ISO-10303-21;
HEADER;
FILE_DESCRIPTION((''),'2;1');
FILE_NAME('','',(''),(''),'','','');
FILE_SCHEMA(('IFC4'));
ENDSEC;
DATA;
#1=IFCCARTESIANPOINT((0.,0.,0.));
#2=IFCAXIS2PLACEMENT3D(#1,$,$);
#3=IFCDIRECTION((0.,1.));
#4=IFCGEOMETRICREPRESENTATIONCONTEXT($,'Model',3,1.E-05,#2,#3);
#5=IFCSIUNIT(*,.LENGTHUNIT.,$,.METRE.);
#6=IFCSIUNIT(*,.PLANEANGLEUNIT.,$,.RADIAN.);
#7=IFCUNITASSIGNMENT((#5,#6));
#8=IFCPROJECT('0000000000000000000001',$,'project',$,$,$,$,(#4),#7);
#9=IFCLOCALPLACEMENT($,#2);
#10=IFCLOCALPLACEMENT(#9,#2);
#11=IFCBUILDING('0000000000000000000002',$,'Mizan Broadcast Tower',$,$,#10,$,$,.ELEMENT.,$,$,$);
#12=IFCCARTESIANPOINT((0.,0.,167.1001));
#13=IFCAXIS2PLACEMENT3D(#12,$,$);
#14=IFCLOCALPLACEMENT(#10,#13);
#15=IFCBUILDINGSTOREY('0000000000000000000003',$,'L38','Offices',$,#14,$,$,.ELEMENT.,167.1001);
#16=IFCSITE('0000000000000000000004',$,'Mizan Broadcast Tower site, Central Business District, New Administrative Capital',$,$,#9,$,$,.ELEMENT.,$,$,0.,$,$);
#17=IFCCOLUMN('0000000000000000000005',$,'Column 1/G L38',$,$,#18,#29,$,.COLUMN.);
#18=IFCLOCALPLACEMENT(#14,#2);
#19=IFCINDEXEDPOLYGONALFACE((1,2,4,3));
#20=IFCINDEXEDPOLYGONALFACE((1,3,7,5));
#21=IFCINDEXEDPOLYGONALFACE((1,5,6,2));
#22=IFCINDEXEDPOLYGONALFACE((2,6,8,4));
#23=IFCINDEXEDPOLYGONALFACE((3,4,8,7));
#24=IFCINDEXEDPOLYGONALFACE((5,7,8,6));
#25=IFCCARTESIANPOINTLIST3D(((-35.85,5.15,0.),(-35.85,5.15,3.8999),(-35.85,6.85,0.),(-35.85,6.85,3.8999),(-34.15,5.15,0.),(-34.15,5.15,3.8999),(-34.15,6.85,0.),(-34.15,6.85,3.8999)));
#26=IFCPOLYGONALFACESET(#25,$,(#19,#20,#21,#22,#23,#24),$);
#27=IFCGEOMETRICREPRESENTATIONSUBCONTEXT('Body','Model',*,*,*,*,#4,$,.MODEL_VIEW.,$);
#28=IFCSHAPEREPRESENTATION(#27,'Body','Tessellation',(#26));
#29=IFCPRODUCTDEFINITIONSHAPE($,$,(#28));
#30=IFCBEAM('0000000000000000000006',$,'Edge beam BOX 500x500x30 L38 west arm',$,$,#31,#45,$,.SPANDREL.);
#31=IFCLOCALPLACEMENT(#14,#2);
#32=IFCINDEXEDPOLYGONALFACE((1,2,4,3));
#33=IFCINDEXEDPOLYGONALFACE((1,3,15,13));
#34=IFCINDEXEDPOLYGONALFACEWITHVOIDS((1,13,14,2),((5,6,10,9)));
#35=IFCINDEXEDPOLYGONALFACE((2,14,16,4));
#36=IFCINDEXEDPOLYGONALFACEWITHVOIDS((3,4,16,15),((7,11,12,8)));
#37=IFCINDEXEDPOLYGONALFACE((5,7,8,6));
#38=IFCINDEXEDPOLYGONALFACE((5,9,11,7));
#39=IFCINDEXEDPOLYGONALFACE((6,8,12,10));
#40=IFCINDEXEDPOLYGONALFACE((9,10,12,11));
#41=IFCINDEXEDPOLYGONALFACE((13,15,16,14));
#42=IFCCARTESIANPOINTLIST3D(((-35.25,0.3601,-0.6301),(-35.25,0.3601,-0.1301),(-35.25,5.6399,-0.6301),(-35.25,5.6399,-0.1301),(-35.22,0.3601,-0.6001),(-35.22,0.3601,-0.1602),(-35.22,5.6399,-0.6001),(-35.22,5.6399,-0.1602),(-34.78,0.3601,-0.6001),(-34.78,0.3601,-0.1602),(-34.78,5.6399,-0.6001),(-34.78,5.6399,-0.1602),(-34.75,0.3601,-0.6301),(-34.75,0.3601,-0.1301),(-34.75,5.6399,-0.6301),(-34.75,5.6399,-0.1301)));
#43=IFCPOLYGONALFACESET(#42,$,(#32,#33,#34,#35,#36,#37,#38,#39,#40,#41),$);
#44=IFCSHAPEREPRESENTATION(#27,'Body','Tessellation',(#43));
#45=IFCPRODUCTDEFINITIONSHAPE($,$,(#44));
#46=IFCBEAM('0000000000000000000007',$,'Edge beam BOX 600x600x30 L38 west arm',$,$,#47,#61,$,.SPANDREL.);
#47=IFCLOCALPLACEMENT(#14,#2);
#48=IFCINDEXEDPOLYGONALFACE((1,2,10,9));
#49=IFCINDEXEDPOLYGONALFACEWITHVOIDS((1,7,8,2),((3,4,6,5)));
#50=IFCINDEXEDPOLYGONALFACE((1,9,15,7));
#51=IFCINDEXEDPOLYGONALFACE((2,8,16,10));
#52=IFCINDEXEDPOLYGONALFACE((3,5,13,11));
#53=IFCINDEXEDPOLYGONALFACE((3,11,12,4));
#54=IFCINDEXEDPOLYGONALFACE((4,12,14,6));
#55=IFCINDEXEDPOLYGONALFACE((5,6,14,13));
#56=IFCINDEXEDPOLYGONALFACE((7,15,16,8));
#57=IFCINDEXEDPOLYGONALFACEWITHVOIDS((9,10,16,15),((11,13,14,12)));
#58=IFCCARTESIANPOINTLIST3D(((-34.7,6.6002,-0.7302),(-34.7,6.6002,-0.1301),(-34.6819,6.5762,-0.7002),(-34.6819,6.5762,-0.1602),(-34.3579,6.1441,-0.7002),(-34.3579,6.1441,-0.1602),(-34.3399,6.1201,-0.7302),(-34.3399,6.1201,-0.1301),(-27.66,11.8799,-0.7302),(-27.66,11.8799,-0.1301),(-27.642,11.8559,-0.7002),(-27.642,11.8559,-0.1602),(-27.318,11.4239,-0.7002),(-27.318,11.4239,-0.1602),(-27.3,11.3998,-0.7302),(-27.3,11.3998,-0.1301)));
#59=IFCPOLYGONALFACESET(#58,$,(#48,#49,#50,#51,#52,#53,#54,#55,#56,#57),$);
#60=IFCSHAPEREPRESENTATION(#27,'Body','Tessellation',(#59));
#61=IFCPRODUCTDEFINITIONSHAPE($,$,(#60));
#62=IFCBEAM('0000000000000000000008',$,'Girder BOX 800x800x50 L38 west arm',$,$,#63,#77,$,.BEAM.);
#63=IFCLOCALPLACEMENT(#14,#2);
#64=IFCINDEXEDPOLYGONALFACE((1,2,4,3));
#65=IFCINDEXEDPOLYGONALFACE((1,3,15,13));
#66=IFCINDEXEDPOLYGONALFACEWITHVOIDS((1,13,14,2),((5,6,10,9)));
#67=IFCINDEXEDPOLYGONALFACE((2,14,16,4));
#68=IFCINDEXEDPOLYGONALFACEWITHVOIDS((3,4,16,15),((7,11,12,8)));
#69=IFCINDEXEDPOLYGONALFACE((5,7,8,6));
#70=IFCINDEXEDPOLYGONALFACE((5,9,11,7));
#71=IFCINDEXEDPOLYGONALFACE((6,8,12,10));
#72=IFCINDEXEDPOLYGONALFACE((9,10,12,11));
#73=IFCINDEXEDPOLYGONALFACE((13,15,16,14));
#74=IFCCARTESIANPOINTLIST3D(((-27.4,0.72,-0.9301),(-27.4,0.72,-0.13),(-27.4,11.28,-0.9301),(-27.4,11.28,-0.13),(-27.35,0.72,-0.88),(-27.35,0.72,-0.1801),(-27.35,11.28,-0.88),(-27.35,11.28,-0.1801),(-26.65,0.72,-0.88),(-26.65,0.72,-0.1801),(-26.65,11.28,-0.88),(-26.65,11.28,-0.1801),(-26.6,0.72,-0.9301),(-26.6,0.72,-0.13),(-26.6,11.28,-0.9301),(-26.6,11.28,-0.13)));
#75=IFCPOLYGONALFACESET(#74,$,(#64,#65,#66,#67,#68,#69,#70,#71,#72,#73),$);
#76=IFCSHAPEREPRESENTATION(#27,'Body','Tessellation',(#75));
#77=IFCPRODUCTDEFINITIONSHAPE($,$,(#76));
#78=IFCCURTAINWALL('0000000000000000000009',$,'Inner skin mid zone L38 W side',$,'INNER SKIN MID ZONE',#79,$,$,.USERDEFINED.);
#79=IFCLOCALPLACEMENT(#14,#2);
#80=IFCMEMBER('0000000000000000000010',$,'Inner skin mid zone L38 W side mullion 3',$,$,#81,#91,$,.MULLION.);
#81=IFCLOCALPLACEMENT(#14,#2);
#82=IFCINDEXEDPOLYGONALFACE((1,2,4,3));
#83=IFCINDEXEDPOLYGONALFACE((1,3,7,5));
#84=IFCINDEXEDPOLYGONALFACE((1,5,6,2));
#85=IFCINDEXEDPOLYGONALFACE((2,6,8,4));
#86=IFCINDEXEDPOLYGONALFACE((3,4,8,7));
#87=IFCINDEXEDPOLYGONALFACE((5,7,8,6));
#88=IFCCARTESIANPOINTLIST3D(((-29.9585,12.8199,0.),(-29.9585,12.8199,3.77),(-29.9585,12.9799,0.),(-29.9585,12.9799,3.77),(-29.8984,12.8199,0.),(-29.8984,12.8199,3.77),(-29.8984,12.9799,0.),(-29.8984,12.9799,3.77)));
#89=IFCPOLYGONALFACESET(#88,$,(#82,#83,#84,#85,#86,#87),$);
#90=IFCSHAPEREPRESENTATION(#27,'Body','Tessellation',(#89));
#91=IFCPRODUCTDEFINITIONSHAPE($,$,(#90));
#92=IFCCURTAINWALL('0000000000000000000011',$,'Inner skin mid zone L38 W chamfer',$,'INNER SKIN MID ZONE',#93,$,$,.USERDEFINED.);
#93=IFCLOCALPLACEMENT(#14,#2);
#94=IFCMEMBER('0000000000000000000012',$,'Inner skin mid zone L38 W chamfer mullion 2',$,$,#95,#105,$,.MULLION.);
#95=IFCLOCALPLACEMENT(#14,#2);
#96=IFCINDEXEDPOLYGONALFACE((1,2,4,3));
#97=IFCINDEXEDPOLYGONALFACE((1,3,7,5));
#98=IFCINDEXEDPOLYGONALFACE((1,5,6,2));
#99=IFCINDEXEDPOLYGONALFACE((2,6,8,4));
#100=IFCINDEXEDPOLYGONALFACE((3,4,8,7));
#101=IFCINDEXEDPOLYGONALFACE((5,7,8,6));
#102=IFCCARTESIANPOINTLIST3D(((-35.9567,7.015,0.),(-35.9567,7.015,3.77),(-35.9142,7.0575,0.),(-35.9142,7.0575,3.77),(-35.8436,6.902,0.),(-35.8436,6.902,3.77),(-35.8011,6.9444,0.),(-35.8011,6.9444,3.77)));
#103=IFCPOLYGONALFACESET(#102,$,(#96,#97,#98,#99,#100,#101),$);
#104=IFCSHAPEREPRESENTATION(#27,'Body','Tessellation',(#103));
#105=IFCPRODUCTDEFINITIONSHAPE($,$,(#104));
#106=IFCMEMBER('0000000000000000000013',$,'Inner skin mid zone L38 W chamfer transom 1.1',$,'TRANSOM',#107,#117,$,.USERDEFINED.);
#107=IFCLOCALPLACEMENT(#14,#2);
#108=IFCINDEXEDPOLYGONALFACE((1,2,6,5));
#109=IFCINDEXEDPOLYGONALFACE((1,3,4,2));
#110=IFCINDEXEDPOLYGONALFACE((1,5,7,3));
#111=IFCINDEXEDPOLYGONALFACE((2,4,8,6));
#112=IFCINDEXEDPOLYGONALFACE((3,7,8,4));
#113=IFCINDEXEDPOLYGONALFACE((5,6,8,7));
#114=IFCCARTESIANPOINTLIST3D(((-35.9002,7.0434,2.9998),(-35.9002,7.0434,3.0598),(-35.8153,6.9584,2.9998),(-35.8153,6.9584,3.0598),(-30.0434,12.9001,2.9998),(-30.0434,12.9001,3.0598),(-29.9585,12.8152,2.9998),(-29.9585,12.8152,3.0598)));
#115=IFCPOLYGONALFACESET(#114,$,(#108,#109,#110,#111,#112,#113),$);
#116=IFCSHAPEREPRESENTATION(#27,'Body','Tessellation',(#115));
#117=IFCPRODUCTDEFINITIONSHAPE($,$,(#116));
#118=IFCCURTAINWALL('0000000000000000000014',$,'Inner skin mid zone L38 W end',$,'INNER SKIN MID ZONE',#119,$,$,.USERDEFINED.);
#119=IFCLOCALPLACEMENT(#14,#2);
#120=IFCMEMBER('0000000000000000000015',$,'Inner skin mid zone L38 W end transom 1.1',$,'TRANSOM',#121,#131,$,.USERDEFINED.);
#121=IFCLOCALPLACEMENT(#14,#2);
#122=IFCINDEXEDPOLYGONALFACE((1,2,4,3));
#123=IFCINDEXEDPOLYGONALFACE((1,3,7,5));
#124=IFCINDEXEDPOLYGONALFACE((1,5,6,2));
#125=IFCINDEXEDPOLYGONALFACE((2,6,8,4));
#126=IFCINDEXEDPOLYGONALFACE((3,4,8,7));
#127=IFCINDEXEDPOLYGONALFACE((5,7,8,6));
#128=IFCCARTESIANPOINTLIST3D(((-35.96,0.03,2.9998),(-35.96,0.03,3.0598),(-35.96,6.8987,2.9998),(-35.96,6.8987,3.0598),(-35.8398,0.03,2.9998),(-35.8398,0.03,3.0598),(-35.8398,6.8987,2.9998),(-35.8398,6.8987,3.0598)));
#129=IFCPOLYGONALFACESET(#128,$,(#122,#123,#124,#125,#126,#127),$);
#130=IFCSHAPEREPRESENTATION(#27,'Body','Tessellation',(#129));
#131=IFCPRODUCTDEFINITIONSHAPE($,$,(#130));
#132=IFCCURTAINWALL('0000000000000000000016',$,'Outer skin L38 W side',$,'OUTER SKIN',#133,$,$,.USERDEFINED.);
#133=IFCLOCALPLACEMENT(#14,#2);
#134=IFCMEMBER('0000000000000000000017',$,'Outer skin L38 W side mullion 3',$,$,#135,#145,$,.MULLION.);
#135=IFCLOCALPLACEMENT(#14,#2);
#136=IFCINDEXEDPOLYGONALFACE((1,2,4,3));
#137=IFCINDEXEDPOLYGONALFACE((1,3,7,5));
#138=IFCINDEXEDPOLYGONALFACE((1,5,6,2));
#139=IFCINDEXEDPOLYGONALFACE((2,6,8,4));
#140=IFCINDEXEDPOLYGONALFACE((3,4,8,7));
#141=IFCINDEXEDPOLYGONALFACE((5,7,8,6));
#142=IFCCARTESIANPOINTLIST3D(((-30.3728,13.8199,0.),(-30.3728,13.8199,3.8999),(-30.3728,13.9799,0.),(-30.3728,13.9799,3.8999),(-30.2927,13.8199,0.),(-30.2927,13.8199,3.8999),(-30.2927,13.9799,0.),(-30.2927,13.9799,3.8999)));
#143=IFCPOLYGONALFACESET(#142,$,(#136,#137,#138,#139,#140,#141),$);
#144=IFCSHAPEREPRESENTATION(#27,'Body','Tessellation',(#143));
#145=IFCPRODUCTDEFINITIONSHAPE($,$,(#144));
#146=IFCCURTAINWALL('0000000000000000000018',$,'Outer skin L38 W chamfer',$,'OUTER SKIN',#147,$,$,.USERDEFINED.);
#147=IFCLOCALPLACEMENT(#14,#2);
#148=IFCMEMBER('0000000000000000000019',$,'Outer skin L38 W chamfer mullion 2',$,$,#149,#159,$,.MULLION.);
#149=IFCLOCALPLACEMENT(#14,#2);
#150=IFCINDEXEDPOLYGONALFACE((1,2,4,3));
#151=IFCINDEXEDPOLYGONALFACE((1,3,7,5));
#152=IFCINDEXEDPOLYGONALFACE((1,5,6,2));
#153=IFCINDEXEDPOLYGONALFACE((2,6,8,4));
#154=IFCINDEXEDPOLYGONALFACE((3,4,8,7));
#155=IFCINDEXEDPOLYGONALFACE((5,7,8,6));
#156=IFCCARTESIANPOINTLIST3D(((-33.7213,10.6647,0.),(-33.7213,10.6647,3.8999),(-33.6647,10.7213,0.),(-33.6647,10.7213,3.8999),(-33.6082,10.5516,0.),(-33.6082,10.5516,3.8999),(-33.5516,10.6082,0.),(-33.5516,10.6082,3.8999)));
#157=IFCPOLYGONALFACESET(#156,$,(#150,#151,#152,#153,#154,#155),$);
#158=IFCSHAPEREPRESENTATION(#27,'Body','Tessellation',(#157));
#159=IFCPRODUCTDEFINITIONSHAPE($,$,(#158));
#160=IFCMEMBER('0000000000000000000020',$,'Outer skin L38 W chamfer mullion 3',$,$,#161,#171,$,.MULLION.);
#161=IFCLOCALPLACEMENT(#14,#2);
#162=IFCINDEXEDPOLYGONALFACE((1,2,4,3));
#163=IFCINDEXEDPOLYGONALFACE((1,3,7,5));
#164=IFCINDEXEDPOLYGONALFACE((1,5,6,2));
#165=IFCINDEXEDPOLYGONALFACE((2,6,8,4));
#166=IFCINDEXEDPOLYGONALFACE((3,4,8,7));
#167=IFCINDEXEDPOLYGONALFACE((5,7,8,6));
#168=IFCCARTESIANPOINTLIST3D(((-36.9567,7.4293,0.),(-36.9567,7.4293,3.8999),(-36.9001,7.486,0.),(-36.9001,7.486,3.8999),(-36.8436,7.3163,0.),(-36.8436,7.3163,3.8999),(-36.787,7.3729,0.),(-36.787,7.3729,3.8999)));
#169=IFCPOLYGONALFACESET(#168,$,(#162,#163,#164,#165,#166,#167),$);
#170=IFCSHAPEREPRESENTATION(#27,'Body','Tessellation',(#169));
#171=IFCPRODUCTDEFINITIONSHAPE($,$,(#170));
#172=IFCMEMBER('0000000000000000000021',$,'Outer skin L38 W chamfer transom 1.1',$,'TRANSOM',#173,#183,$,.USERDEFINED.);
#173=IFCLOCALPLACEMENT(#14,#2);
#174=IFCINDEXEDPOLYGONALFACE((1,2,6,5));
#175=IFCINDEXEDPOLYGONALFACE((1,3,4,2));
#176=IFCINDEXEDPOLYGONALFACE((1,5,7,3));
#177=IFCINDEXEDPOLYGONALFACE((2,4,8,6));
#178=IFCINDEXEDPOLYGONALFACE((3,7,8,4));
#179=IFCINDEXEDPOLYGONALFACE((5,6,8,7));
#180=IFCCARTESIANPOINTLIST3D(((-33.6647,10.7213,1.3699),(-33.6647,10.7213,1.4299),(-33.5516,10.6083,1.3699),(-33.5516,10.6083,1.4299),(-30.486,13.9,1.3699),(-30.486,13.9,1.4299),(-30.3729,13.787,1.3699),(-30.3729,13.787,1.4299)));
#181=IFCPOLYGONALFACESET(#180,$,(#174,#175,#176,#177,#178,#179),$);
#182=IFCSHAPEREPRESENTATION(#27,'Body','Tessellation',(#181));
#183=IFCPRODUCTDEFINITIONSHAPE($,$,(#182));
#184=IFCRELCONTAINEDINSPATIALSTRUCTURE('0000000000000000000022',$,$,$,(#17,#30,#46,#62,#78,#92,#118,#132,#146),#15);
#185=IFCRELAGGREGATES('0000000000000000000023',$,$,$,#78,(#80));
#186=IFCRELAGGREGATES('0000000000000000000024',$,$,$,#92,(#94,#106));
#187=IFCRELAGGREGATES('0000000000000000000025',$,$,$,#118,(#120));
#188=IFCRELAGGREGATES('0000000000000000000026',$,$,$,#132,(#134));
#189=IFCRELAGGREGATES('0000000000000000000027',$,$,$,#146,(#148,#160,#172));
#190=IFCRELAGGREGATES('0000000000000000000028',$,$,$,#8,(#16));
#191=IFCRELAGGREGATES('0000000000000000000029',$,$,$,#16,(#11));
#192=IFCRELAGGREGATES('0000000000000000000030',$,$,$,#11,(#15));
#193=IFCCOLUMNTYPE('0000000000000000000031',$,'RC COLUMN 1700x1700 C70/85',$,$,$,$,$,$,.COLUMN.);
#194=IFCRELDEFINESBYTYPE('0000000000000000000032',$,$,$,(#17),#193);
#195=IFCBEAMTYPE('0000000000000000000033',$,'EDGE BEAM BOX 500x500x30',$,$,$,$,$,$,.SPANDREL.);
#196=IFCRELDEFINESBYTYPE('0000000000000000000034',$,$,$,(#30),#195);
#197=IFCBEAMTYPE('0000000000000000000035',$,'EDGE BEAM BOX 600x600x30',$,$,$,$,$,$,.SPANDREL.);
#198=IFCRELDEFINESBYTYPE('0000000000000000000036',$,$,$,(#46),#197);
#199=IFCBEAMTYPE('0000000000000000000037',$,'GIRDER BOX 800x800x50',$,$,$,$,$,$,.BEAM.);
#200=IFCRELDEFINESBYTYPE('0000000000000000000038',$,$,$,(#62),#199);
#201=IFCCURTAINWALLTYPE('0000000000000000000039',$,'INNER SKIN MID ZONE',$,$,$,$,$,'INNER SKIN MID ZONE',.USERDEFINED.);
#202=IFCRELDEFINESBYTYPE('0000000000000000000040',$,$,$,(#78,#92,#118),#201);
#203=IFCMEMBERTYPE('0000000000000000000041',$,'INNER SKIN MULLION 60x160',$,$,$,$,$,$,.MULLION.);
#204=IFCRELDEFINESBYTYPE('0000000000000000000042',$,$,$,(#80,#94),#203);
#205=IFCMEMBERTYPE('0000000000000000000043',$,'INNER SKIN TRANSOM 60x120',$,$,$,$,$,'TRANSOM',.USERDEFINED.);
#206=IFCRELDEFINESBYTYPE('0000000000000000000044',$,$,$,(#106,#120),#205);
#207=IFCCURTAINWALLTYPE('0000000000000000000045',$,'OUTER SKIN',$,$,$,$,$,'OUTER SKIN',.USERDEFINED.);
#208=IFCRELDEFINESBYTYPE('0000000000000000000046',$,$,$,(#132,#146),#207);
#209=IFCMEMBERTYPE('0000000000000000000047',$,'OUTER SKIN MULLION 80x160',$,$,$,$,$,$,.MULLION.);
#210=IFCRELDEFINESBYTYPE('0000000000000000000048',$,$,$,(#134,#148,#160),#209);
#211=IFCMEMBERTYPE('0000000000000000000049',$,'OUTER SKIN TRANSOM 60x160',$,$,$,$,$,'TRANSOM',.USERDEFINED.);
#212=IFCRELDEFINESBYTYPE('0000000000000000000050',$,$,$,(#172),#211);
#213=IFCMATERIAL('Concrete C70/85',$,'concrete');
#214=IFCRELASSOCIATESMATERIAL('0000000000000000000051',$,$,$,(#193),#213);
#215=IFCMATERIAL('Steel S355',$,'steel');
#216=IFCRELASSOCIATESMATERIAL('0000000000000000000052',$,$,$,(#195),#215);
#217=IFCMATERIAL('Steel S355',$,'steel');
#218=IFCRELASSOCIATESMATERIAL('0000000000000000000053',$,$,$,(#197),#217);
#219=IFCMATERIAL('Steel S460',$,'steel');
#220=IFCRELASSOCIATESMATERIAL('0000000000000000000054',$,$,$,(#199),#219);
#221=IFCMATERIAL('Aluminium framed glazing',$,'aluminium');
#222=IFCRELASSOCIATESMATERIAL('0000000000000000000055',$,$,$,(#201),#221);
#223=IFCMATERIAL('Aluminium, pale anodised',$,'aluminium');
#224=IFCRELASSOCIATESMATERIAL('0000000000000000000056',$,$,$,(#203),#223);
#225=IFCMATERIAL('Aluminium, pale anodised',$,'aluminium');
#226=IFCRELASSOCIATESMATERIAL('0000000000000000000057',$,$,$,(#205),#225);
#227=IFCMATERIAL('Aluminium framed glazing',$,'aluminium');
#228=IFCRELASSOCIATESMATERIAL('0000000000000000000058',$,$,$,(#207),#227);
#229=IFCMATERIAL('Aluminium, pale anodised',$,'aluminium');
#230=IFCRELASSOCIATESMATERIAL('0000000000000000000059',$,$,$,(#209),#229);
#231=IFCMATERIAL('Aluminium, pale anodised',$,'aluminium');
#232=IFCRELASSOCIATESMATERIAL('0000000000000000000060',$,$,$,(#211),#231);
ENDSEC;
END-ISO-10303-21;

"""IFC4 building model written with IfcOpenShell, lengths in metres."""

from ifc_helpers import new_model, si_unit, direction, frame, origin, origin_2d, place, context, subcontext, project, spatial, rectangle, hollow_rectangle, extrude, material, material_profile, profile_set, type_object, element, aggregate, save


model = new_model("IFC4")

# Units and contexts
model_context = context("Model", 3, precision=1e-05, world=origin(), true_north=direction((0.0, 1.0)))
body_context = subcontext(model_context, "Body", "Model", "MODEL_VIEW")
ifc_project = project(units=[si_unit("LENGTHUNIT", "METRE"), si_unit("PLANEANGLEUNIT", "RADIAN")], contexts=[model_context])

# Site, building, storey
site_placement = place(None, origin())
site = spatial("IfcSite", under=ifc_project, at=site_placement, Name="Mizan Broadcast Tower site, Central Business District, New Administrative Capital", CompositionType="ELEMENT", RefElevation=0.0)
building_placement = place(site_placement, origin())
building = spatial("IfcBuilding", under=site, at=building_placement, Name="Mizan Broadcast Tower", CompositionType="ELEMENT")
storey_placement = place(building_placement, frame((0.0, 0.0, 167.1001)))
storey = spatial("IfcBuildingStorey", under=building, at=storey_placement, Name="L38", Description="Offices", CompositionType="ELEMENT", Elevation=167.1001)

# Column
ifc_material_1 = material(Name="Concrete C70/85", Category="concrete")
ifc_material_profile_1 = material_profile(ifc_material_1, rectangle(XDim=1.7, YDim=1.7, at=origin_2d()), Name="RC 1700x1700")
ifc_profile_set_1 = profile_set([ifc_material_profile_1], Name="Concrete C70/85")
column_type = type_object("IfcColumnType", Name="RC COLUMN 1700x1700 C70/85", PredefinedType="COLUMN", material=ifc_profile_set_1)
column_placement = place(storey_placement, frame((-35.0, 6.0, 0.0), z_axis=(0.0, 0.0, 1.0), x_axis=(1.0, 0.0, 0.0)))
element("IfcColumn", 1, at=column_placement, inside=storey, type_object=column_type, Name="Column 1/G L38", PredefinedType="COLUMN", context=body_context, shape_type="SweptSolid", body=[
    extrude(rectangle(XDim=1.7, YDim=1.7, at=origin_2d()), origin(), (0.0, 0.0, 1.0), 3.8999),
])

# Beams
ifc_material_2 = material(Name="Steel S355", Category="steel")
ifc_material_profile_2 = material_profile(ifc_material_2, hollow_rectangle(XDim=0.5, YDim=0.5, WallThickness=0.03, at=origin_2d()), Name="BOX 500x500x30")
ifc_profile_set_2 = profile_set([ifc_material_profile_2], Name="Steel S355")
beam_type_1 = type_object("IfcBeamType", Name="EDGE BEAM BOX 500x500x30", PredefinedType="SPANDREL", material=ifc_profile_set_2)
beam_1_placement = place(storey_placement, frame((-35.0, 5.6399, -0.3801), z_axis=(0.0, -1.0, 0.0), x_axis=(1.0, 0.0, 0.0)))
element("IfcBeam", 2, at=beam_1_placement, inside=storey, type_object=beam_type_1, Name="Edge beam BOX 500x500x30 L38 west arm", PredefinedType="SPANDREL", context=body_context, shape_type="SweptSolid", body=[
    extrude(hollow_rectangle(XDim=0.5, YDim=0.5, WallThickness=0.03, at=origin_2d()), origin(), (0.0, 0.0, 1.0), 5.2798),
])
ifc_material_3 = material(Name="Steel S355", Category="steel")
ifc_material_profile_3 = material_profile(ifc_material_3, hollow_rectangle(XDim=0.6001, YDim=0.6001, WallThickness=0.03, at=origin_2d()), Name="BOX 600x600x30")
ifc_profile_set_3 = profile_set([ifc_material_profile_3], Name="Steel S355")
beam_type_2 = type_object("IfcBeamType", Name="EDGE BEAM BOX 600x600x30", PredefinedType="SPANDREL", material=ifc_profile_set_3)
beam_2_placement = place(storey_placement, frame((-27.48, 11.6399, -0.4302), z_axis=(-0.800013, -0.599982, 0.0), x_axis=(0.599982, -0.800013, 0.0)))
element("IfcBeam", 3, at=beam_2_placement, inside=storey, type_object=beam_type_2, Name="Edge beam BOX 600x600x30 L38 west arm", PredefinedType="SPANDREL", context=body_context, shape_type="SweptSolid", body=[
    extrude(hollow_rectangle(XDim=0.6001, YDim=0.6001, WallThickness=0.03, at=origin_2d()), origin(), (0.0, 0.0, 1.0), 8.7998),
])
ifc_material_4 = material(Name="Steel S460", Category="steel")
ifc_material_profile_4 = material_profile(ifc_material_4, hollow_rectangle(XDim=0.8, YDim=0.8, WallThickness=0.05, at=origin_2d()), Name="BOX 800x800x50")
ifc_profile_set_4 = profile_set([ifc_material_profile_4], Name="Steel S460")
beam_type_3 = type_object("IfcBeamType", Name="GIRDER BOX 800x800x50", PredefinedType="BEAM", material=ifc_profile_set_4)
beam_3_placement = place(storey_placement, frame((-27.0, 11.28, -0.53), z_axis=(0.0, -1.0, 0.0), x_axis=(1.0, 0.0, 0.0)))
element("IfcBeam", 4, at=beam_3_placement, inside=storey, type_object=beam_type_3, Name="Girder BOX 800x800x50 L38 west arm", PredefinedType="BEAM", context=body_context, shape_type="SweptSolid", body=[
    extrude(hollow_rectangle(XDim=0.8, YDim=0.8, WallThickness=0.05, at=origin_2d()), origin(), (0.0, 0.0, 1.0), 10.5601),
])

# Curtain wall, member
ifc_material_5 = material(Name="Aluminium framed glazing", Category="aluminium")
curtain_wall_type_1 = type_object("IfcCurtainWallType", Name="INNER SKIN MID ZONE", ElementType="INNER SKIN MID ZONE", PredefinedType="USERDEFINED", material=ifc_material_5)
curtain_wall_1_placement = place(storey_placement, origin())
curtain_wall_1 = element("IfcCurtainWall", 5, at=curtain_wall_1_placement, inside=storey, type_object=curtain_wall_type_1, Name="Inner skin mid zone L38 W side", ObjectType="INNER SKIN MID ZONE", PredefinedType="USERDEFINED")
ifc_material_6 = material(Name="Aluminium, pale anodised", Category="aluminium")
ifc_material_profile_5 = material_profile(ifc_material_6, rectangle(XDim=0.1599, YDim=0.0601, at=origin_2d()), Name="MULLION 160x60")
ifc_profile_set_5 = profile_set([ifc_material_profile_5], Name="Aluminium, pale anodised")
member_type_1 = type_object("IfcMemberType", Name="INNER SKIN MULLION 60x160", PredefinedType="MULLION", material=ifc_profile_set_5)
member_1_placement = place(storey_placement, frame((-29.9285, 12.8999, 0.0), z_axis=(0.0, 0.0, 1.0), x_axis=(0.0, -1.0, 0.0)))
member_1 = element("IfcMember", 6, at=member_1_placement, type_object=member_type_1, Name="Inner skin mid zone L38 W side mullion 3", PredefinedType="MULLION", context=body_context, shape_type="SweptSolid", body=[
    extrude(rectangle(XDim=0.1599, YDim=0.0601, at=origin_2d()), origin(), (0.0, 0.0, 1.0), 3.77),
])

# Curtain wall, members
curtain_wall_2_placement = place(storey_placement, origin())
curtain_wall_2 = element("IfcCurtainWall", 7, at=curtain_wall_2_placement, inside=storey, type_object=curtain_wall_type_1, Name="Inner skin mid zone L38 W chamfer", ObjectType="INNER SKIN MID ZONE", PredefinedType="USERDEFINED")
member_2_placement = place(storey_placement, frame((-35.8789, 6.9797, 0.0), z_axis=(0.0, 0.0, 1.0), x_axis=(0.707107, -0.707107, 0.0)))
member_2 = element("IfcMember", 8, at=member_2_placement, type_object=member_type_1, Name="Inner skin mid zone L38 W chamfer mullion 2", PredefinedType="MULLION", context=body_context, shape_type="SweptSolid", body=[
    extrude(rectangle(XDim=0.1599, YDim=0.0601, at=origin_2d()), origin(), (0.0, 0.0, 1.0), 3.77),
])
ifc_material_7 = material(Name="Aluminium, pale anodised", Category="aluminium")
ifc_material_profile_6 = material_profile(ifc_material_7, rectangle(XDim=0.1201, YDim=0.0601, at=origin_2d()), Name="TRANSOM 120x60")
ifc_profile_set_6 = profile_set([ifc_material_profile_6], Name="Aluminium, pale anodised")
member_type_2 = type_object("IfcMemberType", Name="INNER SKIN TRANSOM 60x120", ElementType="TRANSOM", PredefinedType="USERDEFINED", material=ifc_profile_set_6)
member_3_placement = place(storey_placement, frame((-30.001, 12.8577, 3.0298), z_axis=(-0.707107, -0.707107, 0.0), x_axis=(0.707107, -0.707107, 0.0)))
member_3 = element("IfcMember", 9, at=member_3_placement, type_object=member_type_2, Name="Inner skin mid zone L38 W chamfer transom 1.1", ObjectType="TRANSOM", PredefinedType="USERDEFINED", context=body_context, shape_type="SweptSolid", body=[
    extrude(rectangle(XDim=0.1201, YDim=0.0601, at=origin_2d()), origin(), (0.0, 0.0, 1.0), 8.2827),
])

# Curtain walls, members
curtain_wall_3_placement = place(storey_placement, origin())
curtain_wall_3 = element("IfcCurtainWall", 10, at=curtain_wall_3_placement, inside=storey, type_object=curtain_wall_type_1, Name="Inner skin mid zone L38 W end", ObjectType="INNER SKIN MID ZONE", PredefinedType="USERDEFINED")
member_4_placement = place(storey_placement, frame((-35.8999, 6.8987, 3.0298), z_axis=(0.0, -1.0, 0.0), x_axis=(1.0, 0.0, 0.0)))
member_4 = element("IfcMember", 11, at=member_4_placement, type_object=member_type_2, Name="Inner skin mid zone L38 W end transom 1.1", ObjectType="TRANSOM", PredefinedType="USERDEFINED", context=body_context, shape_type="SweptSolid", body=[
    extrude(rectangle(XDim=0.1201, YDim=0.0601, at=origin_2d()), origin(), (0.0, 0.0, 1.0), 6.8687),
])
ifc_material_8 = material(Name="Aluminium framed glazing", Category="aluminium")
curtain_wall_type_2 = type_object("IfcCurtainWallType", Name="OUTER SKIN", ElementType="OUTER SKIN", PredefinedType="USERDEFINED", material=ifc_material_8)
curtain_wall_4_placement = place(storey_placement, origin())
curtain_wall_4 = element("IfcCurtainWall", 12, at=curtain_wall_4_placement, inside=storey, type_object=curtain_wall_type_2, Name="Outer skin L38 W side", ObjectType="OUTER SKIN", PredefinedType="USERDEFINED")
ifc_material_9 = material(Name="Aluminium, pale anodised", Category="aluminium")
ifc_material_profile_7 = material_profile(ifc_material_9, rectangle(XDim=0.1599, YDim=0.0801, at=origin_2d()), Name="MULLION 160x80")
ifc_profile_set_7 = profile_set([ifc_material_profile_7], Name="Aluminium, pale anodised")
member_type_3 = type_object("IfcMemberType", Name="OUTER SKIN MULLION 80x160", PredefinedType="MULLION", material=ifc_profile_set_7)
member_5_placement = place(storey_placement, frame((-30.3328, 13.8999, 0.0), z_axis=(0.0, 0.0, 1.0), x_axis=(0.0, -1.0, 0.0)))
member_5 = element("IfcMember", 13, at=member_5_placement, type_object=member_type_3, Name="Outer skin L38 W side mullion 3", PredefinedType="MULLION", context=body_context, shape_type="SweptSolid", body=[
    extrude(rectangle(XDim=0.1599, YDim=0.0801, at=origin_2d()), origin(), (0.0, 0.0, 1.0), 3.8999),
])

# Curtain wall, members
curtain_wall_5_placement = place(storey_placement, origin())
curtain_wall_5 = element("IfcCurtainWall", 14, at=curtain_wall_5_placement, inside=storey, type_object=curtain_wall_type_2, Name="Outer skin L38 W chamfer", ObjectType="OUTER SKIN", PredefinedType="USERDEFINED")
member_6_placement = place(storey_placement, frame((-33.6365, 10.6365, 0.0), z_axis=(0.0, 0.0, 1.0), x_axis=(0.707107, -0.707107, 0.0)))
member_6 = element("IfcMember", 15, at=member_6_placement, type_object=member_type_3, Name="Outer skin L38 W chamfer mullion 2", PredefinedType="MULLION", context=body_context, shape_type="SweptSolid", body=[
    extrude(rectangle(XDim=0.1599, YDim=0.0801, at=origin_2d()), origin(), (0.0, 0.0, 1.0), 3.8999),
])
member_7_placement = place(storey_placement, frame((-36.8718, 7.4011, 0.0), z_axis=(0.0, 0.0, 1.0), x_axis=(0.707107, -0.707107, 0.0)))
member_7 = element("IfcMember", 16, at=member_7_placement, type_object=member_type_3, Name="Outer skin L38 W chamfer mullion 3", PredefinedType="MULLION", context=body_context, shape_type="SweptSolid", body=[
    extrude(rectangle(XDim=0.1599, YDim=0.0801, at=origin_2d()), origin(), (0.0, 0.0, 1.0), 3.8999),
])
ifc_material_10 = material(Name="Aluminium, pale anodised", Category="aluminium")
ifc_material_profile_8 = material_profile(ifc_material_10, rectangle(XDim=0.1599, YDim=0.0601, at=origin_2d()), Name="TRANSOM 160x60")
ifc_profile_set_8 = profile_set([ifc_material_profile_8], Name="Aluminium, pale anodised")
member_type_4 = type_object("IfcMemberType", Name="OUTER SKIN TRANSOM 60x160", ElementType="TRANSOM", PredefinedType="USERDEFINED", material=ifc_profile_set_8)
member_8_placement = place(storey_placement, frame((-30.4294, 13.8435, 1.3999), z_axis=(-0.707107, -0.707107, 0.0), x_axis=(0.707107, -0.707107, 0.0)))
member_8 = element("IfcMember", 17, at=member_8_placement, type_object=member_type_4, Name="Outer skin L38 W chamfer transom 1.1", ObjectType="TRANSOM", PredefinedType="USERDEFINED", context=body_context, shape_type="SweptSolid", body=[
    extrude(rectangle(XDim=0.1599, YDim=0.0601, at=origin_2d()), origin(), (0.0, 0.0, 1.0), 4.4954),
])

aggregate(curtain_wall_1, [member_1])
aggregate(curtain_wall_2, [member_2, member_3])
aggregate(curtain_wall_3, [member_4])
aggregate(curtain_wall_4, [member_5])
aggregate(curtain_wall_5, [member_6, member_7, member_8])

save(model, "model.ifc")
